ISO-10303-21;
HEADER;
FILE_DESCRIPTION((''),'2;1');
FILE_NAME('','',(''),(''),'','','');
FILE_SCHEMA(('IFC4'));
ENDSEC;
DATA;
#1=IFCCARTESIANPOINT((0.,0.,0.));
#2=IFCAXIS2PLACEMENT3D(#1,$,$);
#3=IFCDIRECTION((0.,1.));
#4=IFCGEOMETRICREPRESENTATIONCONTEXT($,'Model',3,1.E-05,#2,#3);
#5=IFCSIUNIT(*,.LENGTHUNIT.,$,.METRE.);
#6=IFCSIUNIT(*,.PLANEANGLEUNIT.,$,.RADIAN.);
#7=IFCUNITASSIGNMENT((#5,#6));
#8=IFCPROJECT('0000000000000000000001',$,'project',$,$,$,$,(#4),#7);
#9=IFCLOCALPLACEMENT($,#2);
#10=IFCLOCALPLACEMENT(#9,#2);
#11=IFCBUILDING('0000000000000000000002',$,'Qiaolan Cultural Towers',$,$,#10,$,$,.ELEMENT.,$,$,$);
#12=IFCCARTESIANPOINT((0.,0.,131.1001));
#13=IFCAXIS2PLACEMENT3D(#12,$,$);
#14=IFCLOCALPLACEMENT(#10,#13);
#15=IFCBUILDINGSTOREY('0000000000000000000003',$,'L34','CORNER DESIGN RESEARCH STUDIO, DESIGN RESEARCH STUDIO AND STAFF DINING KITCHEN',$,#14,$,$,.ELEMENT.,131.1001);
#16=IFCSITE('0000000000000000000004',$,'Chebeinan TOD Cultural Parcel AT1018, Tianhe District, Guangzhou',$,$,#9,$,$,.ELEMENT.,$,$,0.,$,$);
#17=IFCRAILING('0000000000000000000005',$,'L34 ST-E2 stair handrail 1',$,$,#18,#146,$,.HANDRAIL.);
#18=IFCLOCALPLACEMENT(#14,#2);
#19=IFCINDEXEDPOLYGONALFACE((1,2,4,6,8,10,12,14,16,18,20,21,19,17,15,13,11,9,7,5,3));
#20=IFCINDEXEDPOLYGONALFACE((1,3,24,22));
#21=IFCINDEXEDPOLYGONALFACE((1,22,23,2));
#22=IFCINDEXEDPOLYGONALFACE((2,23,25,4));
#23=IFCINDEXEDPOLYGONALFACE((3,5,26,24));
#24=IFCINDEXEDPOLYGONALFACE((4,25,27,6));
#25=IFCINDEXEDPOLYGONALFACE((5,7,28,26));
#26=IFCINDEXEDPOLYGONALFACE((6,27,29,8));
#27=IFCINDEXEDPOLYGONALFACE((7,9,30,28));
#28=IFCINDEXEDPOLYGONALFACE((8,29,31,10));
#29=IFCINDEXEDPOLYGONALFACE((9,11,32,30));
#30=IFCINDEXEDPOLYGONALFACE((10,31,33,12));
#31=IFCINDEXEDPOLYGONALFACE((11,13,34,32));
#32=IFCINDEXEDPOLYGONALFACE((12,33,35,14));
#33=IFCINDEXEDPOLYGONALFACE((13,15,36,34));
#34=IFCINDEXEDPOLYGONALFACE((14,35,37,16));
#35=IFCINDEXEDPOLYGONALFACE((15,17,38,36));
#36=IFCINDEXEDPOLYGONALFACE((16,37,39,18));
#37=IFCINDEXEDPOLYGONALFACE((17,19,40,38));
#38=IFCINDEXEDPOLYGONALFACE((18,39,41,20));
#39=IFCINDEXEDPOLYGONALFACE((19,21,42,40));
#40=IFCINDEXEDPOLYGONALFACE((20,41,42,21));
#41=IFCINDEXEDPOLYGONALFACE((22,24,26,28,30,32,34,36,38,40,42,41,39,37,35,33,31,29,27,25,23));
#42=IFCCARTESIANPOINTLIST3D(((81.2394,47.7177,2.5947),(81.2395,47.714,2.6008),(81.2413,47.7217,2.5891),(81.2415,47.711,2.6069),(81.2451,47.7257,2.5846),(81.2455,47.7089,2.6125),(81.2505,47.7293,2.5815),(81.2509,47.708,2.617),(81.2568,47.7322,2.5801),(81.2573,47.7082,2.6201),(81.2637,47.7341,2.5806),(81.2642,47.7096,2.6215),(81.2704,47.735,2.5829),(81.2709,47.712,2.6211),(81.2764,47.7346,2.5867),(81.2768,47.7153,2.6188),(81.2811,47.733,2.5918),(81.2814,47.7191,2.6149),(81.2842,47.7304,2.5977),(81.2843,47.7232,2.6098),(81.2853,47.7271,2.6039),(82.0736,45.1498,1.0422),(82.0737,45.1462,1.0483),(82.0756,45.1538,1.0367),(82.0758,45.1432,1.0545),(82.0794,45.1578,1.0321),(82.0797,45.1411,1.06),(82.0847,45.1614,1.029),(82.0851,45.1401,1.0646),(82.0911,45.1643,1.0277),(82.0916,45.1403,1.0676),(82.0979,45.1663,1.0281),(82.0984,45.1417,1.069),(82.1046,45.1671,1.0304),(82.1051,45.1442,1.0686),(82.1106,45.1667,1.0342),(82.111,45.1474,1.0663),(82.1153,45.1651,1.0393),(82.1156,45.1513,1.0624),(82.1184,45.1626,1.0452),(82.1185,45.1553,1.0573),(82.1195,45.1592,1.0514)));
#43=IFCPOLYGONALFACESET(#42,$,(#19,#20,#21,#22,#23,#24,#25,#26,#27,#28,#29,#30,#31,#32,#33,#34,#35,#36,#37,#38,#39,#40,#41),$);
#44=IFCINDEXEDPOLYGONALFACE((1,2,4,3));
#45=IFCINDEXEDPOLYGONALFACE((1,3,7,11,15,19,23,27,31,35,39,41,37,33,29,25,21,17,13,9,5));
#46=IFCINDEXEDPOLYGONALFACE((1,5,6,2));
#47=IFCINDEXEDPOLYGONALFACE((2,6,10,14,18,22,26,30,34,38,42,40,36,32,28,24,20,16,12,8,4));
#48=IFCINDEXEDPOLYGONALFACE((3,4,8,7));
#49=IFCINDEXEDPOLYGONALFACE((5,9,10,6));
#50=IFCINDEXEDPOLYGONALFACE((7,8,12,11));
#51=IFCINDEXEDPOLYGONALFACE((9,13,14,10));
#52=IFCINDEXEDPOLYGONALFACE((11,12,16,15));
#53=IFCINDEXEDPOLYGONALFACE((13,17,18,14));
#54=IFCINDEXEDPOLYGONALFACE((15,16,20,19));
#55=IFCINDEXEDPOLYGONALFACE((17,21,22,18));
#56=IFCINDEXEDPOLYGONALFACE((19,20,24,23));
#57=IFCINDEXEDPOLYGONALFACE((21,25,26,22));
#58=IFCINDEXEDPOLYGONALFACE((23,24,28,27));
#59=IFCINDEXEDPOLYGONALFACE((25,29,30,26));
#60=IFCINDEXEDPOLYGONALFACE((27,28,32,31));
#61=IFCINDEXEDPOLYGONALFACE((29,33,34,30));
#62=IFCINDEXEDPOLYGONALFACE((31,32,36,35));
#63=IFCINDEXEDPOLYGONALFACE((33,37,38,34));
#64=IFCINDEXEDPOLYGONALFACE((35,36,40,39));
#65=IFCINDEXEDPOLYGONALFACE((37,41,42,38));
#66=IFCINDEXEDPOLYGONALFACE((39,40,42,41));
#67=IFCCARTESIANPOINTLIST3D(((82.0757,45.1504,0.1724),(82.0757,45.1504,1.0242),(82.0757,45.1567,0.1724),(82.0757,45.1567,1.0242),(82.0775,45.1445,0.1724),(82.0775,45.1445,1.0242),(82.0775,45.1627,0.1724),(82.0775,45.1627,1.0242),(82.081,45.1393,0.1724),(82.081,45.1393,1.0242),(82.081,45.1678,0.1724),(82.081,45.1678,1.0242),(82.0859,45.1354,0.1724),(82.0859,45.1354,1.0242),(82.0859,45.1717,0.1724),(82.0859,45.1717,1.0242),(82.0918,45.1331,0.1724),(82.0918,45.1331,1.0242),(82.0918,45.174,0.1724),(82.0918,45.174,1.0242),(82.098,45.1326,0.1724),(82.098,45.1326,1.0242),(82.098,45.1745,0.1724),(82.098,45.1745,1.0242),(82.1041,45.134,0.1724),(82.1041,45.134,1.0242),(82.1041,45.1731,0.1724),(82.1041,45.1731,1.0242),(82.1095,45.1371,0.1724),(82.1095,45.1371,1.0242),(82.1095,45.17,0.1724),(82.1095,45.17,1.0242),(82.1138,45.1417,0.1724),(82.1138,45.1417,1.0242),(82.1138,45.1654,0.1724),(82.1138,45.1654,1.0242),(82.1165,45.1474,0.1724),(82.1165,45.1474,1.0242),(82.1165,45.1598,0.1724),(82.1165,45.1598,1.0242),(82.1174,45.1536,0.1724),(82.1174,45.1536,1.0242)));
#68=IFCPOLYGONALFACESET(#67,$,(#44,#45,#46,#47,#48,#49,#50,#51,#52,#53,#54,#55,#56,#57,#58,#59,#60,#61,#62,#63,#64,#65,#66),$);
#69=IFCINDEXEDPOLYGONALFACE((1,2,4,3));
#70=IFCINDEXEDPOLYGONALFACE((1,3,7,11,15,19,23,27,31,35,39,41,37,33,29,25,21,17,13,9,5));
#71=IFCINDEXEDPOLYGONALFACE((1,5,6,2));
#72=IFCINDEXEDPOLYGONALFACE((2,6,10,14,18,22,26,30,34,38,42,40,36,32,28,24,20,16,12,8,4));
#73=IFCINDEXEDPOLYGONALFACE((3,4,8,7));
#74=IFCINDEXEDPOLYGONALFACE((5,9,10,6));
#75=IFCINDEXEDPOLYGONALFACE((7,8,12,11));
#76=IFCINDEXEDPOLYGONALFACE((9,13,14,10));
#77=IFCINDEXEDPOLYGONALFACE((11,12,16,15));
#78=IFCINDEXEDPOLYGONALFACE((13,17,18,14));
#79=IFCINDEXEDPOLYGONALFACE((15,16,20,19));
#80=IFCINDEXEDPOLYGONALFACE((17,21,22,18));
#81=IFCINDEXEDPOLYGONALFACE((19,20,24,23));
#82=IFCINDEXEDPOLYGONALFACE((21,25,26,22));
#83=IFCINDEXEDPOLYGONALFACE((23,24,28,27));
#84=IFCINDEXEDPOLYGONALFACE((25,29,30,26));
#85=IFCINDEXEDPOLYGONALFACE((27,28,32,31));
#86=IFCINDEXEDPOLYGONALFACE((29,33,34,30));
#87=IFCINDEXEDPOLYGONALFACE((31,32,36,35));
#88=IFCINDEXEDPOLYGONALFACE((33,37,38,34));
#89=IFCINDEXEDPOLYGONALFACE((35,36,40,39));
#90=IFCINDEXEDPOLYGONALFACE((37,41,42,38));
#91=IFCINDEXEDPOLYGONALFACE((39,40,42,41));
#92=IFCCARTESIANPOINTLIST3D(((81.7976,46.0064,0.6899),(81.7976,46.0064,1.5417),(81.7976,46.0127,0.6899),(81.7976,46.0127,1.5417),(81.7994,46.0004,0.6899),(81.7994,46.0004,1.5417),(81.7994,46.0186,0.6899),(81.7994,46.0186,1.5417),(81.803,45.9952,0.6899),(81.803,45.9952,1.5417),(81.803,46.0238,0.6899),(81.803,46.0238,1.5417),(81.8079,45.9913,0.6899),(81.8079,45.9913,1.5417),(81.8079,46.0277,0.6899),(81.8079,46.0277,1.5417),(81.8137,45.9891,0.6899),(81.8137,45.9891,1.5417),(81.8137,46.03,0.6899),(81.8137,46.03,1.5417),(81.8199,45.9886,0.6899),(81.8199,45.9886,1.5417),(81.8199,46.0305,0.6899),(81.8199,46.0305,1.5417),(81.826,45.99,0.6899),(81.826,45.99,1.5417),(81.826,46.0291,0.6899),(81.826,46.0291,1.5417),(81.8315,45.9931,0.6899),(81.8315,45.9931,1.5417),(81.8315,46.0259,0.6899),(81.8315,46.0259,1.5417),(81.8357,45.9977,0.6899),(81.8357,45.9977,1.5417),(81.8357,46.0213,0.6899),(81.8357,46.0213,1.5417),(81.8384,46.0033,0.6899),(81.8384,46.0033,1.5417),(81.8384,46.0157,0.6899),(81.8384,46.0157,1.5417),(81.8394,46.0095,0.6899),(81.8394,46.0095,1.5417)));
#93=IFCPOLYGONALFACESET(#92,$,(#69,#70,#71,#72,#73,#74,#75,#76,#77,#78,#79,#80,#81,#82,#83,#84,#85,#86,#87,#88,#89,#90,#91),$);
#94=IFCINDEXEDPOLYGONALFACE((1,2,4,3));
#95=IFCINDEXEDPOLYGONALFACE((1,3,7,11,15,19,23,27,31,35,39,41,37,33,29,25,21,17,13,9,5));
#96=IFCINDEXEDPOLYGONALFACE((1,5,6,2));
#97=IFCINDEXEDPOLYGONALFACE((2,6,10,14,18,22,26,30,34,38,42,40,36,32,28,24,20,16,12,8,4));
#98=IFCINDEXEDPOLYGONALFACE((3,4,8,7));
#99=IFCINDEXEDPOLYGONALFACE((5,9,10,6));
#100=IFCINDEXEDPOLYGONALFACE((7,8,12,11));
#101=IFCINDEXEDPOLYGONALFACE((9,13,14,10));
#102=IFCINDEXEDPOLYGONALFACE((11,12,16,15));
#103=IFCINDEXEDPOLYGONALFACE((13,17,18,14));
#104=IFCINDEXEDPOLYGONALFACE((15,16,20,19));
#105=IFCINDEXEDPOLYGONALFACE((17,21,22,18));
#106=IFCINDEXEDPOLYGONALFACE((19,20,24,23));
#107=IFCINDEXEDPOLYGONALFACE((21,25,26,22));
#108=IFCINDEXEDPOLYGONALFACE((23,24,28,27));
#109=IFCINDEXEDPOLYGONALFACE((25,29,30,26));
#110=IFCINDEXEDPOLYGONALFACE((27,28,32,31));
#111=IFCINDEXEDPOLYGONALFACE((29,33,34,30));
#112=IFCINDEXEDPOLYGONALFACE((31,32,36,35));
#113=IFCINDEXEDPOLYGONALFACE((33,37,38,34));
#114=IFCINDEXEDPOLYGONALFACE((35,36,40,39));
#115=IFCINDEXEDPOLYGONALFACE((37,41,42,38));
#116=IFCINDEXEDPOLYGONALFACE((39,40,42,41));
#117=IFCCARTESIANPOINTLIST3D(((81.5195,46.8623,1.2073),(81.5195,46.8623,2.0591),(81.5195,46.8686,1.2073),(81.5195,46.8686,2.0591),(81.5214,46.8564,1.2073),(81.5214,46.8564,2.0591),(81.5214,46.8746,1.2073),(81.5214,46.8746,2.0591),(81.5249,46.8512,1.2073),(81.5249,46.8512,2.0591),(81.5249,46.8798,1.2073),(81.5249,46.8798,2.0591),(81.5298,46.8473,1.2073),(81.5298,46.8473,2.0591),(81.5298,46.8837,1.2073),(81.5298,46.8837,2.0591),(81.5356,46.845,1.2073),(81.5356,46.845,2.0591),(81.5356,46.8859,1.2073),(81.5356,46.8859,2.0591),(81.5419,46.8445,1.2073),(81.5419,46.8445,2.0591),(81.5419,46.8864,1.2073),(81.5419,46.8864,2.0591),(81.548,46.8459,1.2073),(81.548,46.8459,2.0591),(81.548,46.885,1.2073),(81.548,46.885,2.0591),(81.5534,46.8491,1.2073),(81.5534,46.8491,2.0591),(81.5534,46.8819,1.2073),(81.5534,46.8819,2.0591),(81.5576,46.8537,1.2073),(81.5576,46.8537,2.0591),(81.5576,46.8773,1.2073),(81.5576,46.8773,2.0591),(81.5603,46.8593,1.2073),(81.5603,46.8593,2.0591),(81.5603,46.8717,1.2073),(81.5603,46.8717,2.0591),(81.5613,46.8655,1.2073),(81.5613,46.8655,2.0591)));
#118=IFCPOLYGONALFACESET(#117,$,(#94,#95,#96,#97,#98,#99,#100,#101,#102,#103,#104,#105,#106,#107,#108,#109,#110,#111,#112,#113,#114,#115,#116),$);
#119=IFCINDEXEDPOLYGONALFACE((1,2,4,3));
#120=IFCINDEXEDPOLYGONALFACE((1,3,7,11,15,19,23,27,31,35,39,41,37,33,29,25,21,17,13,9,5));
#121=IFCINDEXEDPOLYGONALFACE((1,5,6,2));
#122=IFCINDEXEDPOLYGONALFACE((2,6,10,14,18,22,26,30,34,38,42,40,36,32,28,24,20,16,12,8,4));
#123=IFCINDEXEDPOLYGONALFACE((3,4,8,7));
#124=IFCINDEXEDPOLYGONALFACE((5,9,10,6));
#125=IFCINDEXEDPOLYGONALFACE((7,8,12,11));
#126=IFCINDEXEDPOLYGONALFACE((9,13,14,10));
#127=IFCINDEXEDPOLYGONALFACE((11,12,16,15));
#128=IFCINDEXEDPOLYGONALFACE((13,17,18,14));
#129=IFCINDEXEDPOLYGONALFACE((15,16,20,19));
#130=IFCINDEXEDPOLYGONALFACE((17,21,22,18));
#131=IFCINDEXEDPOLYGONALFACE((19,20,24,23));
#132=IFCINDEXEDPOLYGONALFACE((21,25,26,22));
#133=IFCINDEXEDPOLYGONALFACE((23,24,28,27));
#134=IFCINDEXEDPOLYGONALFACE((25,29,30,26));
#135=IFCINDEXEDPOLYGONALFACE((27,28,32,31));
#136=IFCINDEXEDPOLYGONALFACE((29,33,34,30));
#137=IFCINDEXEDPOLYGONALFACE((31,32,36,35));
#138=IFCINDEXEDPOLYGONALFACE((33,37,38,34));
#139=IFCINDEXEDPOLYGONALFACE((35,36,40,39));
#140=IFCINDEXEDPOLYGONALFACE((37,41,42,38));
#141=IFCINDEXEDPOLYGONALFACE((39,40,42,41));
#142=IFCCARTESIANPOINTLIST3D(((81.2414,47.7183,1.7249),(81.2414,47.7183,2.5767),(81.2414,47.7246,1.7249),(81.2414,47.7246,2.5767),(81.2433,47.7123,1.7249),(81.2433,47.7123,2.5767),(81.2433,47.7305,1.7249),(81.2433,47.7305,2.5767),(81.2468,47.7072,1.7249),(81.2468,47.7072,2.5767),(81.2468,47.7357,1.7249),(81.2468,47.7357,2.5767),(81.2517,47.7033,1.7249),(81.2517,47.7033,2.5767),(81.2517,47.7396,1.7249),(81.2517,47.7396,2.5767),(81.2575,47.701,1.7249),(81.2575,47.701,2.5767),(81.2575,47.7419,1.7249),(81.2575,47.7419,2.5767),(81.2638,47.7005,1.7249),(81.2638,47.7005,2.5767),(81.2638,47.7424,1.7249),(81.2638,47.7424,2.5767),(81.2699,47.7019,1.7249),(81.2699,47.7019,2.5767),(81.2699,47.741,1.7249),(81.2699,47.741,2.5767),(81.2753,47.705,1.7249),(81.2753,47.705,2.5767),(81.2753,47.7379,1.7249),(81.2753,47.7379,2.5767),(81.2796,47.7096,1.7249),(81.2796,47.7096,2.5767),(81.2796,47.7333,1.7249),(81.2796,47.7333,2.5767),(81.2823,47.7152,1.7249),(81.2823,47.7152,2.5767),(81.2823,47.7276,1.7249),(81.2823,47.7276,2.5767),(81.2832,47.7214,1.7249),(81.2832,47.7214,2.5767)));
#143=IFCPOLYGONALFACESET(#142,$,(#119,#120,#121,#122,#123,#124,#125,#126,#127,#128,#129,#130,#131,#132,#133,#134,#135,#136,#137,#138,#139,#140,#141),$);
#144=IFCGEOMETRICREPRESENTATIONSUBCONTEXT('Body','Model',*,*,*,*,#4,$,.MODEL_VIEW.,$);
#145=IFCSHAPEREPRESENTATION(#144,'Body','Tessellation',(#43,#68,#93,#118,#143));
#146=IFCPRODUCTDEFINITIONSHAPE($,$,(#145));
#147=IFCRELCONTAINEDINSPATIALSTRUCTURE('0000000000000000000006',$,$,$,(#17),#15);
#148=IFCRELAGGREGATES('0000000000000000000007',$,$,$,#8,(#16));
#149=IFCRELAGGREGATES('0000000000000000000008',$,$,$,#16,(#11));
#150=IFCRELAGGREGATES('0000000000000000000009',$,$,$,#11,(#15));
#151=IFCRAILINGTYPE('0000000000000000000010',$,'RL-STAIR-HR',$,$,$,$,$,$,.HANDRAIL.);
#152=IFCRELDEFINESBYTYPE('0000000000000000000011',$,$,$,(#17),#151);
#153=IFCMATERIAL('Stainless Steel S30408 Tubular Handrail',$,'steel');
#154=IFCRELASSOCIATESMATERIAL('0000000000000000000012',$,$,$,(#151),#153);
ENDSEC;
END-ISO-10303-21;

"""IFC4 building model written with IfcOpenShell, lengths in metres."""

from ifc_helpers import new_model, si_unit, direction, frame, origin, origin_2d, place, context, subcontext, project, spatial, circle, extrude, material, type_object, element, save


model = new_model("IFC4")

# Units and contexts
model_context = context("Model", 3, precision=1e-05, world=origin(), true_north=direction((0.0, 1.0)))
body_context = subcontext(model_context, "Body", "Model", "MODEL_VIEW")
ifc_project = project(units=[si_unit("LENGTHUNIT", "METRE"), si_unit("PLANEANGLEUNIT", "RADIAN")], contexts=[model_context])

# Site, building, storey
site_placement = place(None, origin())
site = spatial("IfcSite", under=ifc_project, at=site_placement, Name="Chebeinan TOD Cultural Parcel AT1018, Tianhe District, Guangzhou", CompositionType="ELEMENT", RefElevation=0.0)
building_placement = place(site_placement, origin())
building = spatial("IfcBuilding", under=site, at=building_placement, Name="Qiaolan Cultural Towers", CompositionType="ELEMENT")
storey_placement = place(building_placement, frame((0.0, 0.0, 131.1001)))
storey = spatial("IfcBuildingStorey", under=building, at=storey_placement, Name="L34", Description="CORNER DESIGN RESEARCH STUDIO, DESIGN RESEARCH STUDIO AND STAFF DINING KITCHEN", CompositionType="ELEMENT", Elevation=131.1001)

# Railing
ifc_material_1 = material(Name="Stainless Steel S30408 Tubular Handrail", Category="steel")
railing_type_1 = type_object("IfcRailingType", Name="RL-STAIR-HR", PredefinedType="HANDRAIL", material=ifc_material_1)
railing_1_placement = place(storey_placement, frame((82.0964, 45.1536, 0.1724)))
element("IfcRailing", 1, at=railing_1_placement, inside=storey, type_object=railing_type_1, Name="L34 ST-E2 stair handrail 1", PredefinedType="HANDRAIL", context=body_context, shape_type="SweptSolid", body=[
    extrude(circle(Radius=0.0239, at=origin_2d()), frame((0.0, 0.0, 0.876), z_axis=(-0.267853, 0.824488, 0.498471), x_axis=(-0.95107, -0.308976, 0.0)), (0.0, 0.0, 1.0), 3.1145),
    extrude(circle(Radius=0.021, at=origin_2d()), origin(), (0.0, 0.0, 1.0), 0.8518),
    extrude(circle(Radius=0.021, at=origin_2d()), frame((-0.2781, 0.856, 0.5176)), (0.0, 0.0, 1.0), 0.8518),
    extrude(circle(Radius=0.021, at=origin_2d()), frame((-0.5562, 1.7119, 1.0349)), (0.0, 0.0, 1.0), 0.8518),
    extrude(circle(Radius=0.021, at=origin_2d()), frame((-0.8342, 2.5679, 1.5525)), (0.0, 0.0, 1.0), 0.8518),
])

save(model, "model.ifc")
